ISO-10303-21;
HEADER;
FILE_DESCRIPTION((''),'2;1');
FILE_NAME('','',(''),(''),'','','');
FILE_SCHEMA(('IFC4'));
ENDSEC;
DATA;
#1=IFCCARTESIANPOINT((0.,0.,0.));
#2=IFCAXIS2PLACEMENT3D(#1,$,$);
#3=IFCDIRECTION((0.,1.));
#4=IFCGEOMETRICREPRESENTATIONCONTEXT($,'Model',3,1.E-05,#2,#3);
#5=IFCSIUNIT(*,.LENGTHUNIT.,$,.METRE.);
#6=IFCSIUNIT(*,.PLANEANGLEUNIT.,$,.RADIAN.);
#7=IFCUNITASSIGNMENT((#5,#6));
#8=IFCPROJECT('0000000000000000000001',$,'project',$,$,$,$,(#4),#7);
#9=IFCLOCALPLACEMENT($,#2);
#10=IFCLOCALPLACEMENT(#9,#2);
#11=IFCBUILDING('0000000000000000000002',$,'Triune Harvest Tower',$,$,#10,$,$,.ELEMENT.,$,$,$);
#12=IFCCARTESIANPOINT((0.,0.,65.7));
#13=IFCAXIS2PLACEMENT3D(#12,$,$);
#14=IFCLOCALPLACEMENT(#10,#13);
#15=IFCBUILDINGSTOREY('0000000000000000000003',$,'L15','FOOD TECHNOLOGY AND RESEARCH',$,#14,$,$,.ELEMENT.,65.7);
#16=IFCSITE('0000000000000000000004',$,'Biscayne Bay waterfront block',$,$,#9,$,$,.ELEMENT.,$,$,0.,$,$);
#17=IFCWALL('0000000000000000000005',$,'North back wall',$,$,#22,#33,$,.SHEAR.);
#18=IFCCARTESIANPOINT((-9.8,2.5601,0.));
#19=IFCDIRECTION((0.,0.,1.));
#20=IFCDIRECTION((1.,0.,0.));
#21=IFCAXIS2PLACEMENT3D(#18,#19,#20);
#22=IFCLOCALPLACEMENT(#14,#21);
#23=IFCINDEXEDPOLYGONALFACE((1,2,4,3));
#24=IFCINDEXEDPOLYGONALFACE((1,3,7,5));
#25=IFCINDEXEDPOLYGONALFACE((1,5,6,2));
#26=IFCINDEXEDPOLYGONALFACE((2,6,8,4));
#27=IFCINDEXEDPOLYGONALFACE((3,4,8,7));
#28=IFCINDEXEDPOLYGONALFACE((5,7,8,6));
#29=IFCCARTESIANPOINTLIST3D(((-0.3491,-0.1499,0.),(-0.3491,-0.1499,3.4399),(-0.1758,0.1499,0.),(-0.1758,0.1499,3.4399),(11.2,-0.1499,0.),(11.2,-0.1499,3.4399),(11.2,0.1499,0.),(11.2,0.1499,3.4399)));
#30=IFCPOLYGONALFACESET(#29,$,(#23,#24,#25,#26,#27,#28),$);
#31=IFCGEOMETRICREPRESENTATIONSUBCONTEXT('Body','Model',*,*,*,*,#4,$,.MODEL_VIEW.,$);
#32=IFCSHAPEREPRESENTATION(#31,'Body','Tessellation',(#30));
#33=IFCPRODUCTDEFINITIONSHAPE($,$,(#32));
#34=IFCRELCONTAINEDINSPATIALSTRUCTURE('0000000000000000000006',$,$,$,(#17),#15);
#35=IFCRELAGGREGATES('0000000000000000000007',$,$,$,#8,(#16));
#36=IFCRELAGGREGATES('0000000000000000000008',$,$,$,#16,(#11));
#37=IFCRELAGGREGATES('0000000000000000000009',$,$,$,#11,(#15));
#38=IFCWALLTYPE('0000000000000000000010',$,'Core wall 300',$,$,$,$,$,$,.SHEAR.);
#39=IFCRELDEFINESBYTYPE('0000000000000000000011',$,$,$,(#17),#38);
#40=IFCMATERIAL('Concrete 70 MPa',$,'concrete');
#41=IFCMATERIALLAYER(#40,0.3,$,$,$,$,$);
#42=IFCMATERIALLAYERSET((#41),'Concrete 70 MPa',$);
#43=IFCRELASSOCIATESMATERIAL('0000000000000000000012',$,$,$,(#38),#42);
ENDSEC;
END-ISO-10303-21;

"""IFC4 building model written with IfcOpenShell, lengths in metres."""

from ifc_helpers import new_model, si_unit, direction, frame, origin, place, context, subcontext, project, spatial, polyline, outline, extrude, source, transform, mapped, material, layer, layer_set, type_object, element, save


model = new_model("IFC4")

# Units and contexts
model_context = context("Model", 3, precision=1e-05, world=origin(), true_north=direction((0.0, 1.0)))
body_context = subcontext(model_context, "Body", "Model", "MODEL_VIEW")
ifc_project = project(units=[si_unit("LENGTHUNIT", "METRE"), si_unit("PLANEANGLEUNIT", "RADIAN")], contexts=[model_context])

# Site, building, storey
site_placement = place(None, origin())
site = spatial("IfcSite", under=ifc_project, at=site_placement, Name="Biscayne Bay waterfront block", CompositionType="ELEMENT", RefElevation=0.0)
building_placement = place(site_placement, origin())
building = spatial("IfcBuilding", under=site, at=building_placement, Name="Triune Harvest Tower", CompositionType="ELEMENT")
storey_placement = place(building_placement, frame((0.0, 0.0, 65.7)))
storey = spatial("IfcBuildingStorey", under=building, at=storey_placement, Name="L15", Description="FOOD TECHNOLOGY AND RESEARCH", CompositionType="ELEMENT", Elevation=65.7)

# Wall
ifc_material_1 = material(Name="Concrete 70 MPa", Category="concrete")
ifc_layer_1 = layer(ifc_material_1, 0.3)
ifc_layer_set_1 = layer_set([ifc_layer_1], Name="Concrete 70 MPa")
wall_type_1 = type_object("IfcWallType", Name="Core wall 300", PredefinedType="SHEAR", material=ifc_layer_set_1)
shared_shape_1 = source(origin(), body_context, "Body", "SweptSolid", [
    extrude(outline(polyline([(11.2, -0.1499), (-0.3491, -0.1499), (-0.1758, 0.1499), (11.2, 0.1499), (11.2, -0.1499)])), origin(), (0.0, 0.0, 1.0), 3.4399),
])
wall_1_placement = place(storey_placement, frame((-9.8, 2.5601, 0.0), z_axis=(0.0, 0.0, 1.0), x_axis=(1.0, 0.0, 0.0)))
element("IfcWall", 1, at=wall_1_placement, inside=storey, type_object=wall_type_1, Name="North back wall", PredefinedType="SHEAR", context=body_context, shape_type="MappedRepresentation", body=[
    mapped(shared_shape_1, transform((0.0, 0.0, 0.0), scale=1.0)),
])

save(model, "model.ifc")
